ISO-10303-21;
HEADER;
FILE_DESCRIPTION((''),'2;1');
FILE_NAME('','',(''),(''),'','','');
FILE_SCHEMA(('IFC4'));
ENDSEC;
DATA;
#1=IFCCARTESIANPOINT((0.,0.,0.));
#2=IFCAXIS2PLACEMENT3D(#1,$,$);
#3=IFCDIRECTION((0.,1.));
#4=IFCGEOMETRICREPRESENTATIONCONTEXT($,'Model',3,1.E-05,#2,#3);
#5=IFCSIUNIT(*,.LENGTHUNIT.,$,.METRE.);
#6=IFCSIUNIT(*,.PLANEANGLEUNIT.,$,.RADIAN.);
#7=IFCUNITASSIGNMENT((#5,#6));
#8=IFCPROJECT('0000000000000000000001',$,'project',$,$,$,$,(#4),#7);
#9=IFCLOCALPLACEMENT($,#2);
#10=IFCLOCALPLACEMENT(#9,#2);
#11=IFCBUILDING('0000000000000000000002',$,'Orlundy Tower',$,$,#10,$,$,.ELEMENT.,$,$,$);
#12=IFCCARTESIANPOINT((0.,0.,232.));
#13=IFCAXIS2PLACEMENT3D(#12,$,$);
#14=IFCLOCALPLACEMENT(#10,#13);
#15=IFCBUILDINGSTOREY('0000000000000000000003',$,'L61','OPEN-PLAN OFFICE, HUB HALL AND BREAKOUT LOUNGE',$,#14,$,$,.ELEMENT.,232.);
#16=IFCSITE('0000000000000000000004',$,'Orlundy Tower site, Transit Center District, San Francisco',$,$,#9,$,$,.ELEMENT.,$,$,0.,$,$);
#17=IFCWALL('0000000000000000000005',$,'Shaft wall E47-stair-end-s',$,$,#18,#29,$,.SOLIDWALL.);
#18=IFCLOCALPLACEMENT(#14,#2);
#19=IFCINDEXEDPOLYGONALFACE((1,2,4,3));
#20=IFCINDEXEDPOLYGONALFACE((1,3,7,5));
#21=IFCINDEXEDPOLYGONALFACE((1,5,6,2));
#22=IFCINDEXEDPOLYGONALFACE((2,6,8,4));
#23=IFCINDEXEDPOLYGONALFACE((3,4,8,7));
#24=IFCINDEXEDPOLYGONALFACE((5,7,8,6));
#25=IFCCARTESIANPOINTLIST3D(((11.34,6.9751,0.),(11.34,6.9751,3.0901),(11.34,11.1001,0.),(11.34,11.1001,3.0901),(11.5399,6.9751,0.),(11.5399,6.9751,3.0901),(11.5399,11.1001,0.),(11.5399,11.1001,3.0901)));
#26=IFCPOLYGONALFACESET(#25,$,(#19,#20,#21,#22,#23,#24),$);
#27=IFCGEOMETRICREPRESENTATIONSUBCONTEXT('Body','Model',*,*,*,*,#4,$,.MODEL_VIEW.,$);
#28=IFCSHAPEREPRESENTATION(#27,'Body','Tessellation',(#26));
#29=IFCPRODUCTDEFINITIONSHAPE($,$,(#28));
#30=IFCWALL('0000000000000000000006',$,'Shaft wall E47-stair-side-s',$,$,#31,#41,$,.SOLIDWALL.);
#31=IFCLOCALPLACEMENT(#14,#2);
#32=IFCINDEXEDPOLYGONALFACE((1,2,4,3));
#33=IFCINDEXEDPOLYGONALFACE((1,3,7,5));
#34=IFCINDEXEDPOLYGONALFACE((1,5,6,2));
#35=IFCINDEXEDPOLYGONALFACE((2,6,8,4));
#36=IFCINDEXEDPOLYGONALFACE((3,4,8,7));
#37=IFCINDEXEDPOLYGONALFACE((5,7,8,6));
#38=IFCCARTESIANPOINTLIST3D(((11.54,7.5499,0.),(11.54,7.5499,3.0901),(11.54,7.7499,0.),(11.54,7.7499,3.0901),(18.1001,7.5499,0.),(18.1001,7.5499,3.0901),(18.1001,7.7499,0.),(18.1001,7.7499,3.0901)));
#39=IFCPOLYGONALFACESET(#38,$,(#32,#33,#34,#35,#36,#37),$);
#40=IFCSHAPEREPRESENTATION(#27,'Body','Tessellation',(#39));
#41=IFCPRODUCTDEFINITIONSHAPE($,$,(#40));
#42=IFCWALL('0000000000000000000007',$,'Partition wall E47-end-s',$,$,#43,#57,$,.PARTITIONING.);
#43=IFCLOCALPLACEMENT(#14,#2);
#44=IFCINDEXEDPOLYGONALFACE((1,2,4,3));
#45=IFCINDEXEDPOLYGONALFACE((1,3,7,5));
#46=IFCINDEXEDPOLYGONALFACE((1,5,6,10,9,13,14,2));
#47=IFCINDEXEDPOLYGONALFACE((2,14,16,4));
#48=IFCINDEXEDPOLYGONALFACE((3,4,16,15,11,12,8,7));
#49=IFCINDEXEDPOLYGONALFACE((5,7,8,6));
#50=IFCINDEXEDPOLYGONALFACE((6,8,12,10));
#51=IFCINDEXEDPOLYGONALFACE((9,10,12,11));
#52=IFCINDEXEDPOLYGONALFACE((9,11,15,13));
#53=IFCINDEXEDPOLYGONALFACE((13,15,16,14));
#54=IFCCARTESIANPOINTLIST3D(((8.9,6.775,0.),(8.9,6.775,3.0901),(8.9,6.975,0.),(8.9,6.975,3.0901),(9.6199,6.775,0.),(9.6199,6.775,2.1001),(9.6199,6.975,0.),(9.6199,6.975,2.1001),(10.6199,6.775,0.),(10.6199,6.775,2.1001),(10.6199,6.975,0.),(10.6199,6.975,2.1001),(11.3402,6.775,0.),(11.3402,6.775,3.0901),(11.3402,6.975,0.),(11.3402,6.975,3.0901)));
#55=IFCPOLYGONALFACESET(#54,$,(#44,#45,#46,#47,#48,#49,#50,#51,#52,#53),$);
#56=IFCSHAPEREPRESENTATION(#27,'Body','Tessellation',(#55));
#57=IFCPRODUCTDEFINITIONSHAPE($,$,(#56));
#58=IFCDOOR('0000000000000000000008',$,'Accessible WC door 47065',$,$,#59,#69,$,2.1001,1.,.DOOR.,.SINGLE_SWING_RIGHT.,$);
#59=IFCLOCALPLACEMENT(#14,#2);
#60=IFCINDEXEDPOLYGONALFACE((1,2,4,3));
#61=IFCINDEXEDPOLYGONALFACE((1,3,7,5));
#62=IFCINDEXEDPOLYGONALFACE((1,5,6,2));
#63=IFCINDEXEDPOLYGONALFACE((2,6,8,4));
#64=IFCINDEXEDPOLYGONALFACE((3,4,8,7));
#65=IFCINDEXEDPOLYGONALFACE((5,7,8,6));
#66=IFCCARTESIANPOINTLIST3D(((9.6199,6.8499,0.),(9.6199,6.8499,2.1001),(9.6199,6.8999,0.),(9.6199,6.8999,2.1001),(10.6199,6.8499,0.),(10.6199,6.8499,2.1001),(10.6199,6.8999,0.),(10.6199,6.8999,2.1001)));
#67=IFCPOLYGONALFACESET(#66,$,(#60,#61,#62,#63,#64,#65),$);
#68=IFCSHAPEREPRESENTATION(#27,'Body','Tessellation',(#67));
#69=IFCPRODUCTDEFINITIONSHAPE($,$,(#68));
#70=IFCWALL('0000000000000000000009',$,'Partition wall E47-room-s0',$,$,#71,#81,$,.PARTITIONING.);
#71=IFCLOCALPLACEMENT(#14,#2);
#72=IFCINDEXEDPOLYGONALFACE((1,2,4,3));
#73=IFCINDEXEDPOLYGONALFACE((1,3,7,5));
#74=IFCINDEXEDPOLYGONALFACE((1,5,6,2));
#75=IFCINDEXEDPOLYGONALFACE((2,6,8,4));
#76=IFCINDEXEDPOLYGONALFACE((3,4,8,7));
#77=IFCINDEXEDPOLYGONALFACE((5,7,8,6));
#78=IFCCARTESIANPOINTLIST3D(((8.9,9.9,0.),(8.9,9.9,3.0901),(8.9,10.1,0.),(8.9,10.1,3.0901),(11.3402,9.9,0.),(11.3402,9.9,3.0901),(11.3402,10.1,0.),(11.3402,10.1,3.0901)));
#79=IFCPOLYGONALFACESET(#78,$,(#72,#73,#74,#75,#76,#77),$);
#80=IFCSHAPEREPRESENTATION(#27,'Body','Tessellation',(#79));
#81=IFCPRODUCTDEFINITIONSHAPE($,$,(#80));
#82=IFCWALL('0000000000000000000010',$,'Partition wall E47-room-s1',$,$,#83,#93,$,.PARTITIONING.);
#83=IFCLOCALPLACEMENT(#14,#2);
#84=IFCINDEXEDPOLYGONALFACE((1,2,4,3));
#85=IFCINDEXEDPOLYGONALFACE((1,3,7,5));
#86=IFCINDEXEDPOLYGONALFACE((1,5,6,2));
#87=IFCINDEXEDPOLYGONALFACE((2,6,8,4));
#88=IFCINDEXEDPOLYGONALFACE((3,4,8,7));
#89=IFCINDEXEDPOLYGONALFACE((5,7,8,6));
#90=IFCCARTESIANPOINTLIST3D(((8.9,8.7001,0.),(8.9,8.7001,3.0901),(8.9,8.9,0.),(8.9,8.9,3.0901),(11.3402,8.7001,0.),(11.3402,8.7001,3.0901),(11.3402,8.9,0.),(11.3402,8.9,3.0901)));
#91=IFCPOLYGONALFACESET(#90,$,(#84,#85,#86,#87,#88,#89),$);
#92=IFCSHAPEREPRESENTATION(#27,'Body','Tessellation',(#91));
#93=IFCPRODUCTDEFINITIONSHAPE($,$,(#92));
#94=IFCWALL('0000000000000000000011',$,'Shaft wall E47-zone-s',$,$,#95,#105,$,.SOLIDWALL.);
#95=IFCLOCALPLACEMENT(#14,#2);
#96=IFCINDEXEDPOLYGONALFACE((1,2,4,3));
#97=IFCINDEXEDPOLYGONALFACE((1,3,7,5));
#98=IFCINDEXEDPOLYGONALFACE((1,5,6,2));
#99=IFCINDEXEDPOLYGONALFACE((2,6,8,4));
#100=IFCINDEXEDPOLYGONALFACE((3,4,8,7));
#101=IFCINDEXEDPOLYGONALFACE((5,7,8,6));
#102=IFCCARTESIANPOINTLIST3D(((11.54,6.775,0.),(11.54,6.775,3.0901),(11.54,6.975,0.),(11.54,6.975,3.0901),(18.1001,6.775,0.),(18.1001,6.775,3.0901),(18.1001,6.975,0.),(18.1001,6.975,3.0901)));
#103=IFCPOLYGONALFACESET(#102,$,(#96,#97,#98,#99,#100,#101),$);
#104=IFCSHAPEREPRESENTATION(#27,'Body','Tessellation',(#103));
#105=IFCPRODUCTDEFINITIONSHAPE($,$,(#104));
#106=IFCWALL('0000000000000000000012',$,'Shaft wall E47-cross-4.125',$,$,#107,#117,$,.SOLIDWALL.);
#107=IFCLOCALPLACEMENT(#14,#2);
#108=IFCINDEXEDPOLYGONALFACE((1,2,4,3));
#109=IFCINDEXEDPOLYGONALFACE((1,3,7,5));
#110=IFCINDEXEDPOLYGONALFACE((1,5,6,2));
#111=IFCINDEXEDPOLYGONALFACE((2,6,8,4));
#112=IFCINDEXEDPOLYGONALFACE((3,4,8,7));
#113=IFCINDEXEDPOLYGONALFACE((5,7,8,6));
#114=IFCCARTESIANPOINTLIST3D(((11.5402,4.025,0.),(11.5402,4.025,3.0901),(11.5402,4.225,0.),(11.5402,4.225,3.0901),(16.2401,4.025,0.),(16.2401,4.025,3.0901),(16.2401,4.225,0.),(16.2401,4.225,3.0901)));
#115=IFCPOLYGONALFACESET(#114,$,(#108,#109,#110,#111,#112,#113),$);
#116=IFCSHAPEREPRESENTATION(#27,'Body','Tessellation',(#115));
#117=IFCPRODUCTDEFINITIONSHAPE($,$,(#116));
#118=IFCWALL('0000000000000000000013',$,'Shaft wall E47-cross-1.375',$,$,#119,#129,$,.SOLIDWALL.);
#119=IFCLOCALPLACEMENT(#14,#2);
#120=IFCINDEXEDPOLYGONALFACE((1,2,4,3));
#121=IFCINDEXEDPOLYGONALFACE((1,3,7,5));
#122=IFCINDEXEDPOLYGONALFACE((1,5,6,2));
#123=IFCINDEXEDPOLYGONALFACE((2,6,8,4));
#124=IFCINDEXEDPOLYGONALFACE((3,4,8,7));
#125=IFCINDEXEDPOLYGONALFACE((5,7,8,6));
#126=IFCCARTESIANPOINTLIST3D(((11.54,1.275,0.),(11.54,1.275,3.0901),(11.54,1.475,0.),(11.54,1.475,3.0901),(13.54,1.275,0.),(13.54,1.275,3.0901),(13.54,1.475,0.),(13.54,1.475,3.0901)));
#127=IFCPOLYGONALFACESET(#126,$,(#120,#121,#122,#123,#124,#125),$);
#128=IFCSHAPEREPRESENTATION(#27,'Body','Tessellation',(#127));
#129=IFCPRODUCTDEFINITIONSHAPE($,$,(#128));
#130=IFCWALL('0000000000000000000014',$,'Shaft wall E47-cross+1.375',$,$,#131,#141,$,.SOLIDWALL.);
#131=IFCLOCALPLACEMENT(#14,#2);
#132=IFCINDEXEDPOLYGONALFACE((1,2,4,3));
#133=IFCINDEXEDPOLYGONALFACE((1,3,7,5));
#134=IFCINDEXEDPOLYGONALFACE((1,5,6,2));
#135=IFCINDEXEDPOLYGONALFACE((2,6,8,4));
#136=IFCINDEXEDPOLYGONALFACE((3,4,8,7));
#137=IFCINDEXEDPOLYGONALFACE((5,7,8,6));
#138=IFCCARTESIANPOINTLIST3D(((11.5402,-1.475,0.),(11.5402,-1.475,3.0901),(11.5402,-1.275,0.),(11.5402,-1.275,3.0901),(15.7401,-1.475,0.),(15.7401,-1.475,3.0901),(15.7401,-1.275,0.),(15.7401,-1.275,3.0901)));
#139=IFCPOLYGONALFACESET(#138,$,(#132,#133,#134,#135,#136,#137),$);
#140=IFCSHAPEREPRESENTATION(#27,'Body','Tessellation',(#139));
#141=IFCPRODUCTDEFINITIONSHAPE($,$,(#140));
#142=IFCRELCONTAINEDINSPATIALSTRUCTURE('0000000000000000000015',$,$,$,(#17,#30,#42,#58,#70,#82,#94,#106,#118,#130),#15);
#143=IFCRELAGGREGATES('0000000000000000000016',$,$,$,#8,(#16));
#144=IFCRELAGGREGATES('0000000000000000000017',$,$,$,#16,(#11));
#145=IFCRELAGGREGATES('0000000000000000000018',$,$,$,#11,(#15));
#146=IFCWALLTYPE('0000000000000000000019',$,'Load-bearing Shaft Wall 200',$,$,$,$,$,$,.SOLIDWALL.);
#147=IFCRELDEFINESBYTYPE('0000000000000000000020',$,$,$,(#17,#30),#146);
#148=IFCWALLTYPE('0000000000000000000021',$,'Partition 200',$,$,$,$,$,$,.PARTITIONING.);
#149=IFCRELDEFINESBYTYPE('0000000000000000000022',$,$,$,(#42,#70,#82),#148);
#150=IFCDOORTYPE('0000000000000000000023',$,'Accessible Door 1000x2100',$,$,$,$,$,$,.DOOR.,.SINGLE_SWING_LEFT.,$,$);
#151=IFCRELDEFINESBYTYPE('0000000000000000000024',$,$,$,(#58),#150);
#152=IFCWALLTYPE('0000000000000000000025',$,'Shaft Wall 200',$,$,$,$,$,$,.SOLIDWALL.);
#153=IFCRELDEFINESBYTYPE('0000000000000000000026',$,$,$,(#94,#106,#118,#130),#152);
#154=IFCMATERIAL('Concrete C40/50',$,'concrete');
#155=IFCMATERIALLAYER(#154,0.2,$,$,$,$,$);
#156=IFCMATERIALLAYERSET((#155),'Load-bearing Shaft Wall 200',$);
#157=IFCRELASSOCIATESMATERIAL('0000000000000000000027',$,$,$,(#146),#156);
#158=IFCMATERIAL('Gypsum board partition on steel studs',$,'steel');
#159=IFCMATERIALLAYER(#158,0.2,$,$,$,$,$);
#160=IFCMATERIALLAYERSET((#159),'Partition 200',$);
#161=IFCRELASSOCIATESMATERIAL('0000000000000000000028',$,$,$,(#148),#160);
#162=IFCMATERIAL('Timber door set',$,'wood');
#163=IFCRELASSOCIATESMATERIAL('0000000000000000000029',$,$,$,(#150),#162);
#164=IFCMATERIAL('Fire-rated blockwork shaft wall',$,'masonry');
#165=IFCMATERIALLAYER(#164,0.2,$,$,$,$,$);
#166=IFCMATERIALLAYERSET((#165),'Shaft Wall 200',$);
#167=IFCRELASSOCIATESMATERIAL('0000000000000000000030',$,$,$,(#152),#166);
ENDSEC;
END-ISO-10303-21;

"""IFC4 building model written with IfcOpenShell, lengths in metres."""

from ifc_helpers import new_model, si_unit, direction, frame, frame_2d, origin, place, context, subcontext, project, spatial, rectangle, extrude, material, layer, layer_set, type_object, element, fill, save


model = new_model("IFC4")

# Units and contexts
model_context = context("Model", 3, precision=1e-05, world=origin(), true_north=direction((0.0, 1.0)))
body_context = subcontext(model_context, "Body", "Model", "MODEL_VIEW")
ifc_project = project(units=[si_unit("LENGTHUNIT", "METRE"), si_unit("PLANEANGLEUNIT", "RADIAN")], contexts=[model_context])

# Site, building, storey
site_placement = place(None, origin())
site = spatial("IfcSite", under=ifc_project, at=site_placement, Name="Orlundy Tower site, Transit Center District, San Francisco", CompositionType="ELEMENT", RefElevation=0.0)
building_placement = place(site_placement, origin())
building = spatial("IfcBuilding", under=site, at=building_placement, Name="Orlundy Tower", CompositionType="ELEMENT")
storey_placement = place(building_placement, frame((0.0, 0.0, 232.0)))
storey = spatial("IfcBuildingStorey", under=building, at=storey_placement, Name="L61", Description="OPEN-PLAN OFFICE, HUB HALL AND BREAKOUT LOUNGE", CompositionType="ELEMENT", Elevation=232.0)

# Walls
ifc_material_1 = material(Name="Concrete C40/50", Category="concrete")
ifc_layer_1 = layer(ifc_material_1, 0.2)
ifc_layer_set_1 = layer_set([ifc_layer_1], Name="Load-bearing Shaft Wall 200")
wall_type_1 = type_object("IfcWallType", Name="Load-bearing Shaft Wall 200", PredefinedType="SOLIDWALL", material=ifc_layer_set_1)
wall_1_placement = place(storey_placement, frame((11.4399, 11.1001, 0.0), z_axis=(0.0, 0.0, 1.0), x_axis=(0.0, -1.0, 0.0)))
element("IfcWall", 1, at=wall_1_placement, inside=storey, type_object=wall_type_1, Name="Shaft wall E47-stair-end-s", PredefinedType="SOLIDWALL", context=body_context, shape_type="SweptSolid", body=[
    extrude(rectangle(XDim=4.125, YDim=0.2, at=frame_2d((2.0625, 0.0))), origin(), (0.0, 0.0, 1.0), 3.0901),
])
wall_2_placement = place(storey_placement, frame((11.54, 7.6499, 0.0), z_axis=(0.0, 0.0, 1.0), x_axis=(1.0, 0.0, 0.0)))
element("IfcWall", 2, at=wall_2_placement, inside=storey, type_object=wall_type_1, Name="Shaft wall E47-stair-side-s", PredefinedType="SOLIDWALL", context=body_context, shape_type="SweptSolid", body=[
    extrude(rectangle(XDim=6.5601, YDim=0.2, at=frame_2d((3.28, 0.0))), origin(), (0.0, 0.0, 1.0), 3.0901),
])

# Wall, opening, door
ifc_material_2 = material(Name="Gypsum board partition on steel studs", Category="steel")
ifc_layer_2 = layer(ifc_material_2, 0.2)
ifc_layer_set_2 = layer_set([ifc_layer_2], Name="Partition 200")
wall_type_2 = type_object("IfcWallType", Name="Partition 200", PredefinedType="PARTITIONING", material=ifc_layer_set_2)
wall_3_placement = place(storey_placement, frame((8.8999, 6.875, 0.0), z_axis=(0.0, 0.0, 1.0), x_axis=(1.0, 0.0, 0.0)))
wall_3 = element("IfcWall", 3, at=wall_3_placement, inside=storey, type_object=wall_type_2, Name="Partition wall E47-end-s", PredefinedType="PARTITIONING", context=body_context, shape_type="SweptSolid", body=[
    extrude(rectangle(XDim=2.4402, YDim=0.2, at=frame_2d((1.2202, 0.0))), origin(), (0.0, 0.0, 1.0), 3.0901),
])
opening_1_placement = place(wall_3_placement, frame((0.72, 0.0, 0.0)))
opening_1 = element("IfcOpeningElement", 4, at=opening_1_placement, cuts=wall_3, PredefinedType="OPENING", context=body_context, shape_type="SweptSolid", body=[
    extrude(rectangle(XDim=1.0, YDim=2.1001, at=frame_2d((0.5, 1.05))), frame((0.0, 0.1101, 0.0), z_axis=(0.0, -1.0, 0.0), x_axis=(1.0, 0.0, 0.0)), (0.0, 0.0, 1.0), 0.2202),
])
ifc_material_3 = material(Name="Timber door set", Category="wood")
door_type_1 = type_object("IfcDoorType", Name="Accessible Door 1000x2100", OperationType="SINGLE_SWING_LEFT", PredefinedType="DOOR", material=ifc_material_3)
door_1_placement = place(opening_1_placement, origin())
door_1 = element("IfcDoor", 5, at=door_1_placement, inside=storey, type_object=door_type_1, Name="Accessible WC door 47065", OperationType="SINGLE_SWING_RIGHT", OverallHeight=2.1001, OverallWidth=1.0, PredefinedType="DOOR", context=body_context, shape_type="SweptSolid", body=[
    extrude(rectangle(XDim=1.0, YDim=2.1001, at=frame_2d((0.5, 1.05))), frame((0.0, 0.0249, 0.0), z_axis=(0.0, -1.0, 0.0), x_axis=(1.0, 0.0, 0.0)), (0.0, 0.0, 1.0), 0.05),
])
fill(opening_1, door_1)

# Walls
for number, where, z_axis, x_axis, name in (
    (6, (8.8999, 10.0, 0.0), (0.0, 0.0, 1.0), (1.0, 0.0, 0.0), "Partition wall E47-room-s0"),
    (7, (8.8999, 8.8, 0.0), (0.0, 0.0, 1.0), (1.0, 0.0, 0.0), "Partition wall E47-room-s1"),
):
    element("IfcWall", number, at=place(storey_placement, frame(where, z_axis=z_axis, x_axis=x_axis)), inside=storey, type_object=wall_type_2, Name=name, PredefinedType="PARTITIONING", context=body_context, shape_type="SweptSolid", body=[
        extrude(rectangle(XDim=2.4402, YDim=0.2, at=frame_2d((1.2202, 0.0))), origin(), (0.0, 0.0, 1.0), 3.0901),
    ])
ifc_material_4 = material(Name="Fire-rated blockwork shaft wall", Category="masonry")
ifc_layer_3 = layer(ifc_material_4, 0.2)
ifc_layer_set_3 = layer_set([ifc_layer_3], Name="Shaft Wall 200")
wall_type_3 = type_object("IfcWallType", Name="Shaft Wall 200", PredefinedType="SOLIDWALL", material=ifc_layer_set_3)
wall_4_placement = place(storey_placement, frame((11.54, 6.875, 0.0), z_axis=(0.0, 0.0, 1.0), x_axis=(1.0, 0.0, 0.0)))
element("IfcWall", 8, at=wall_4_placement, inside=storey, type_object=wall_type_3, Name="Shaft wall E47-zone-s", PredefinedType="SOLIDWALL", context=body_context, shape_type="SweptSolid", body=[
    extrude(rectangle(XDim=6.5601, YDim=0.2, at=frame_2d((3.28, 0.0))), origin(), (0.0, 0.0, 1.0), 3.0901),
])
wall_5_placement = place(storey_placement, frame((11.54, 4.125, 0.0), z_axis=(0.0, 0.0, 1.0), x_axis=(1.0, 0.0, 0.0)))
element("IfcWall", 9, at=wall_5_placement, inside=storey, type_object=wall_type_3, Name="Shaft wall E47-cross-4.125", PredefinedType="SOLIDWALL", context=body_context, shape_type="SweptSolid", body=[
    extrude(rectangle(XDim=4.7, YDim=0.2, at=frame_2d((2.3501, 0.0))), origin(), (0.0, 0.0, 1.0), 3.0901),
])
wall_6_placement = place(storey_placement, frame((11.54, 1.375, 0.0), z_axis=(0.0, 0.0, 1.0), x_axis=(1.0, 0.0, 0.0)))
element("IfcWall", 10, at=wall_6_placement, inside=storey, type_object=wall_type_3, Name="Shaft wall E47-cross-1.375", PredefinedType="SOLIDWALL", context=body_context, shape_type="SweptSolid", body=[
    extrude(rectangle(XDim=2.0, YDim=0.2, at=frame_2d((1.0, 0.0))), origin(), (0.0, 0.0, 1.0), 3.0901),
])
wall_7_placement = place(storey_placement, frame((11.54, -1.375, 0.0), z_axis=(0.0, 0.0, 1.0), x_axis=(1.0, 0.0, 0.0)))
element("IfcWall", 11, at=wall_7_placement, inside=storey, type_object=wall_type_3, Name="Shaft wall E47-cross+1.375", PredefinedType="SOLIDWALL", context=body_context, shape_type="SweptSolid", body=[
    extrude(rectangle(XDim=4.2, YDim=0.2, at=frame_2d((2.1001, 0.0))), origin(), (0.0, 0.0, 1.0), 3.0901),
])

save(model, "model.ifc")
